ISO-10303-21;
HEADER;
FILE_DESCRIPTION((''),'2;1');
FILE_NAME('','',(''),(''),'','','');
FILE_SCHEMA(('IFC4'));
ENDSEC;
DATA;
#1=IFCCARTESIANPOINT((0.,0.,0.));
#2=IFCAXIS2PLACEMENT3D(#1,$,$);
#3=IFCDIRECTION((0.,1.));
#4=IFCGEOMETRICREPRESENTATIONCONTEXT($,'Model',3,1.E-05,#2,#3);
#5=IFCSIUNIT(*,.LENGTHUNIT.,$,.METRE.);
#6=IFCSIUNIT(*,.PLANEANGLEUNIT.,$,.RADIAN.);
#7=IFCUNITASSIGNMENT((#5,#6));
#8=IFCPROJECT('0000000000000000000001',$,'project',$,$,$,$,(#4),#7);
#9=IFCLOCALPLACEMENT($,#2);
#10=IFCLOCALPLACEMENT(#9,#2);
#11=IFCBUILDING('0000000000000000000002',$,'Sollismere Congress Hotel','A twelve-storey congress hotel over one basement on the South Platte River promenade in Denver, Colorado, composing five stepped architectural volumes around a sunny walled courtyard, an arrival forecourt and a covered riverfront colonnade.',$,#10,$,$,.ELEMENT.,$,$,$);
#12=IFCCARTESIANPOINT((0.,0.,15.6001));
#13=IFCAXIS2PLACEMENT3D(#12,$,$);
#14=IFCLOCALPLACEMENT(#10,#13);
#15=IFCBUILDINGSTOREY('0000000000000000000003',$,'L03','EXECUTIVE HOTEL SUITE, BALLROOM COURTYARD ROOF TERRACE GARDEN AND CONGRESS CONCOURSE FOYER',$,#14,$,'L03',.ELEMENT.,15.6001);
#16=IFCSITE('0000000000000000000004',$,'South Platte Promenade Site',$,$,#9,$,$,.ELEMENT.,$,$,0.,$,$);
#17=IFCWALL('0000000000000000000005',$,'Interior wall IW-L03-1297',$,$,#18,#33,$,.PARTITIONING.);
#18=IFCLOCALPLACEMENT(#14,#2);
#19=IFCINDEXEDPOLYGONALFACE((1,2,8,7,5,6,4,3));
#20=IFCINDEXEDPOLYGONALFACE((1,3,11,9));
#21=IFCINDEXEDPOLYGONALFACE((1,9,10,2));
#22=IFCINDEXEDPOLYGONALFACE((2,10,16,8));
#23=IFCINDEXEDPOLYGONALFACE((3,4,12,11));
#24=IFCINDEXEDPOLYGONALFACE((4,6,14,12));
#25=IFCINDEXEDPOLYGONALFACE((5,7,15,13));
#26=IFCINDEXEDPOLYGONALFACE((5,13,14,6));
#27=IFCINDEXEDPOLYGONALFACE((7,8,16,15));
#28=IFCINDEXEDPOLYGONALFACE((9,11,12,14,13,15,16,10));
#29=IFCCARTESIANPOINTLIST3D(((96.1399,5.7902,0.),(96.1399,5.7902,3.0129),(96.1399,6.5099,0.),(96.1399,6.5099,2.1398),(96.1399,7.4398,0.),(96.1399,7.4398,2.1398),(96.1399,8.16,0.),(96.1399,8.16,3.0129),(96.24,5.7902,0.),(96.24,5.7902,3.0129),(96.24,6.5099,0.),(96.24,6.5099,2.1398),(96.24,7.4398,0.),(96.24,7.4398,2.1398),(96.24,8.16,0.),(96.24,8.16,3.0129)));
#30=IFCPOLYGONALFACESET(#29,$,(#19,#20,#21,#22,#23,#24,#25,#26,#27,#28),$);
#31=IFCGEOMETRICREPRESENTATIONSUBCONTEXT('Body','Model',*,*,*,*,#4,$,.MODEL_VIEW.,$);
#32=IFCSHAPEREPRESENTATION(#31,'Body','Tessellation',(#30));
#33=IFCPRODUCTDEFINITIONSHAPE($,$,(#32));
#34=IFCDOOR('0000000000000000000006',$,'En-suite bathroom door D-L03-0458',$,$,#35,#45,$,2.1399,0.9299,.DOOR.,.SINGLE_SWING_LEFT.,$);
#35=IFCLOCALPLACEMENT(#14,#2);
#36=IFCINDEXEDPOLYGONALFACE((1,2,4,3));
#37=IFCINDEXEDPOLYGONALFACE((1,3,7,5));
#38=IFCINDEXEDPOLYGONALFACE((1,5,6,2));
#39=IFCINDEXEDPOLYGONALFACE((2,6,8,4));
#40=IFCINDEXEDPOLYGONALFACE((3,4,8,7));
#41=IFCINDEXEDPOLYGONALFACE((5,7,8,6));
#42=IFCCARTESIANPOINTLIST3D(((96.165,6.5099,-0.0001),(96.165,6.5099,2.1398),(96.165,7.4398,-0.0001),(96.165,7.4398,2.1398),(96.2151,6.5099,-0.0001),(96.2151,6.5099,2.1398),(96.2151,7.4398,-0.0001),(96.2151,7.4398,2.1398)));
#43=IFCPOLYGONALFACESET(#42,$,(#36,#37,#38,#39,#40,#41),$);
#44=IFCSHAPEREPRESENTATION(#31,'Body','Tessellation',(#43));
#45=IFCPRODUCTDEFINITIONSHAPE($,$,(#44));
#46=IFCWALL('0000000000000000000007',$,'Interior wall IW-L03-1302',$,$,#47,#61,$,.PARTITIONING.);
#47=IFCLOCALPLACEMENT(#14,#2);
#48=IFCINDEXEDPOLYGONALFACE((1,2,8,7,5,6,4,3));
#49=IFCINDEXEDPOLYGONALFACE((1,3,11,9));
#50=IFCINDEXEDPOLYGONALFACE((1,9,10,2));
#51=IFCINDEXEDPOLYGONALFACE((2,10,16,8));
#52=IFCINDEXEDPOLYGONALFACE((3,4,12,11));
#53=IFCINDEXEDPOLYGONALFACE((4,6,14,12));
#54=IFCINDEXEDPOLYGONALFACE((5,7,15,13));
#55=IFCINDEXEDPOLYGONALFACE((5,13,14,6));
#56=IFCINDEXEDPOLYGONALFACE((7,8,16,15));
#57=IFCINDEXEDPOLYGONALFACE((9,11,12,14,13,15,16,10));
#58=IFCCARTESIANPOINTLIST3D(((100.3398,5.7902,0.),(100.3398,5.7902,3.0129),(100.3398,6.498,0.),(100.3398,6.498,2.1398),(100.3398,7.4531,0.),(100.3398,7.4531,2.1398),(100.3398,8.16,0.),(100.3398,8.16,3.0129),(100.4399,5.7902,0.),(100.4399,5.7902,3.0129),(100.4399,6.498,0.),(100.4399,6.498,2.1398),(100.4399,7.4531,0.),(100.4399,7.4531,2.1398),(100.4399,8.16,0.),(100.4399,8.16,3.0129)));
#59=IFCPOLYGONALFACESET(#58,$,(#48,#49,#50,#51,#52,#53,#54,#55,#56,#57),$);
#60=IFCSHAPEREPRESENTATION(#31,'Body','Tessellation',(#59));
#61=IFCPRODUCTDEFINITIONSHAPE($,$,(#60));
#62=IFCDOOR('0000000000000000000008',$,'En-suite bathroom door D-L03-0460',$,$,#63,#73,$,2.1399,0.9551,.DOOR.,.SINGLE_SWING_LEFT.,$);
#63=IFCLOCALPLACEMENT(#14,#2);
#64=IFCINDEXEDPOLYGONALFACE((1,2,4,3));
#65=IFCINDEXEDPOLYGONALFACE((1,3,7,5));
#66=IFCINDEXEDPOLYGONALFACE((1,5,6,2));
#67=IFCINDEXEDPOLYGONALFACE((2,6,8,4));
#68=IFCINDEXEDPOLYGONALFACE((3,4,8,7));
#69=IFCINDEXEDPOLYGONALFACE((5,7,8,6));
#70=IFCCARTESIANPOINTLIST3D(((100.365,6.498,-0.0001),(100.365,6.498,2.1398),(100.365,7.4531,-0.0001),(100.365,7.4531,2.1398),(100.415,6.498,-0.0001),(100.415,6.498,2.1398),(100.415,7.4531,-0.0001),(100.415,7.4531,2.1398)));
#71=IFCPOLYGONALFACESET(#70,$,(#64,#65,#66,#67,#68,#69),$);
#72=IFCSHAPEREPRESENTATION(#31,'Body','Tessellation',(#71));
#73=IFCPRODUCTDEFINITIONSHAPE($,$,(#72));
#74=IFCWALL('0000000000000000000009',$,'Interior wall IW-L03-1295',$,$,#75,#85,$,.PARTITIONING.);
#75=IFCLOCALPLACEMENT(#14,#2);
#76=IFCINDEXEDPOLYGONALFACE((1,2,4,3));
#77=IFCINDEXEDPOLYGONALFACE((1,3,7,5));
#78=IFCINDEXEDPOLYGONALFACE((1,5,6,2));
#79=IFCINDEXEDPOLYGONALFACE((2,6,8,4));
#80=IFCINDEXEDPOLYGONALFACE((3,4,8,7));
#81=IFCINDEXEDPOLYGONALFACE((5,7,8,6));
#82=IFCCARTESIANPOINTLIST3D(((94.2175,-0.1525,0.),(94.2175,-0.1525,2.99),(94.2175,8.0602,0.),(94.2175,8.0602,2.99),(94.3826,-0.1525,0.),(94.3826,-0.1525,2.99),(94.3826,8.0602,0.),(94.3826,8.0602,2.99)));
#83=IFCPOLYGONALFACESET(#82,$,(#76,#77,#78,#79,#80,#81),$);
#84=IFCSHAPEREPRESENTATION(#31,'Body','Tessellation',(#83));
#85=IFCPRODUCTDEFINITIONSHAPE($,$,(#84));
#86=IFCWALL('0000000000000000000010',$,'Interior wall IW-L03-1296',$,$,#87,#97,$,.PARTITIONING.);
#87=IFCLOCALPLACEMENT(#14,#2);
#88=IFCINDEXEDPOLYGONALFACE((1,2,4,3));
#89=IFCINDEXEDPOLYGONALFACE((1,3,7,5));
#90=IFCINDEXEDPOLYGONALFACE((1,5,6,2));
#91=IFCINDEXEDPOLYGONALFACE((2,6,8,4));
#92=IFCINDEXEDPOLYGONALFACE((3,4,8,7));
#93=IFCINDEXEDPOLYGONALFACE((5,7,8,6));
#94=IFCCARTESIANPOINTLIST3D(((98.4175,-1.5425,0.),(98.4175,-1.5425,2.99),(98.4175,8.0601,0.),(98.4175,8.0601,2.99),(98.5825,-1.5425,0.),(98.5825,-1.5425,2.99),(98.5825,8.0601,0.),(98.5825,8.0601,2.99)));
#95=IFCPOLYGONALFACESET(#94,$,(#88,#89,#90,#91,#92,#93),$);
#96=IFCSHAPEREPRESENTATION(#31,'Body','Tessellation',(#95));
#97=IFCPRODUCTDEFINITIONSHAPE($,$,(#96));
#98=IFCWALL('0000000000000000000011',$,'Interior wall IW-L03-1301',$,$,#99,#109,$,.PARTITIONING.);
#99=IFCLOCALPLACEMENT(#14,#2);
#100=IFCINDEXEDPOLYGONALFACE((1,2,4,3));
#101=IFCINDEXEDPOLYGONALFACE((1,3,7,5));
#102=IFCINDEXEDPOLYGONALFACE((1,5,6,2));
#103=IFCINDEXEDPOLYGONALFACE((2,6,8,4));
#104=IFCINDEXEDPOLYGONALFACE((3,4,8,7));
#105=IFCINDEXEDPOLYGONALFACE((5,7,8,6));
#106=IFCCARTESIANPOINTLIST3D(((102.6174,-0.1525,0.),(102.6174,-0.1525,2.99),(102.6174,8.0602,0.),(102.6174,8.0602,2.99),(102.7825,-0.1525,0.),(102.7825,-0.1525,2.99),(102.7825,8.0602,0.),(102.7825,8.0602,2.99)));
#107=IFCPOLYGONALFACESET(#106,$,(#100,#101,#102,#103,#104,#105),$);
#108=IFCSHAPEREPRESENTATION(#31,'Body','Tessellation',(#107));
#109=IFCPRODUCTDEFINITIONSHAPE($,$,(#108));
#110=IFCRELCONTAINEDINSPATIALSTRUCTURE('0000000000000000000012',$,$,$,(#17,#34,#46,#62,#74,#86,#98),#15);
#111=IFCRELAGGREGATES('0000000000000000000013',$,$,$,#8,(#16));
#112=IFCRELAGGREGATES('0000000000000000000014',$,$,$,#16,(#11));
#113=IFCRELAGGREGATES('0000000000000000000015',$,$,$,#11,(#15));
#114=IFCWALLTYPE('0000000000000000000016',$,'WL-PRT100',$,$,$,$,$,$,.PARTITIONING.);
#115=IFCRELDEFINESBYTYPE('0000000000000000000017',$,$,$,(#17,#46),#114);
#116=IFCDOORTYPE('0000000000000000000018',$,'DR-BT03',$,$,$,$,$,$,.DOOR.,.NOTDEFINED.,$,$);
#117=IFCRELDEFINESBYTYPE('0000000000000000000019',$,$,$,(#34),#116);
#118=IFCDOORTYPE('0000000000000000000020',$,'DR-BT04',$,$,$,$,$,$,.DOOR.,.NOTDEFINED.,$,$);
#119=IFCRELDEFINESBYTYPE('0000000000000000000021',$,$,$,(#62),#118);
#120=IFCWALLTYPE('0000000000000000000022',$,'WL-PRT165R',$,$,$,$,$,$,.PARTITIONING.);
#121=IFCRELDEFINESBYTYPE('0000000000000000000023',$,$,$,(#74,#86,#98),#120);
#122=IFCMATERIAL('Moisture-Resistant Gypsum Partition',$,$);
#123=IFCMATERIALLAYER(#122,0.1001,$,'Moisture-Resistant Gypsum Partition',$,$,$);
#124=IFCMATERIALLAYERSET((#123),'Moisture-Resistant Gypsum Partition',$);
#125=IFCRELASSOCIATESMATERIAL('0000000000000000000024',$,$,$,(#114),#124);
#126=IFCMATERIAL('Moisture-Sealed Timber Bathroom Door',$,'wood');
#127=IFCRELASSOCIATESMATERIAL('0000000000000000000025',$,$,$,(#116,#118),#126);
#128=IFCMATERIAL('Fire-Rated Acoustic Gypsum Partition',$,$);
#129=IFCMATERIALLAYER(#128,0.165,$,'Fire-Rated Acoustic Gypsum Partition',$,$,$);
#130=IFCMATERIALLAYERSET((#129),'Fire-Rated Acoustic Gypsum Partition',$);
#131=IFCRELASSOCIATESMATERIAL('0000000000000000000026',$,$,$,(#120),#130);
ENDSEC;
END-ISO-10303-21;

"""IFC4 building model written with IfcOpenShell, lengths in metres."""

from ifc_helpers import new_model, si_unit, direction, frame, frame_2d, origin, place, context, subcontext, project, spatial, rectangle, extrude, material, layer, layer_set, type_object, element, fill, save


model = new_model("IFC4")

# Units and contexts
model_context = context("Model", 3, precision=1e-05, world=origin(), true_north=direction((0.0, 1.0)))
body_context = subcontext(model_context, "Body", "Model", "MODEL_VIEW")
ifc_project = project(units=[si_unit("LENGTHUNIT", "METRE"), si_unit("PLANEANGLEUNIT", "RADIAN")], contexts=[model_context])

# Site, building, storey
site_placement = place(None, origin())
site = spatial("IfcSite", under=ifc_project, at=site_placement, Name="South Platte Promenade Site", CompositionType="ELEMENT", RefElevation=0.0)
building_placement = place(site_placement, origin())
building = spatial("IfcBuilding", under=site, at=building_placement, Name="Sollismere Congress Hotel", Description="A twelve-storey congress hotel over one basement on the South Platte River promenade in Denver, Colorado, composing five stepped architectural volumes around a sunny walled courtyard, an arrival forecourt and a covered riverfront colonnade.", CompositionType="ELEMENT")
storey_placement = place(building_placement, frame((0.0, 0.0, 15.6001)))
storey = spatial("IfcBuildingStorey", under=building, at=storey_placement, Name="L03", Description="EXECUTIVE HOTEL SUITE, BALLROOM COURTYARD ROOF TERRACE GARDEN AND CONGRESS CONCOURSE FOYER", LongName="L03", CompositionType="ELEMENT", Elevation=15.6001)

# Walls, openings, doors
ifc_material_1 = material(Name="Moisture-Resistant Gypsum Partition")
ifc_layer_1 = layer(ifc_material_1, 0.1001, Name="Moisture-Resistant Gypsum Partition")
ifc_layer_set_1 = layer_set([ifc_layer_1], Name="Moisture-Resistant Gypsum Partition")
wall_type_1 = type_object("IfcWallType", Name="WL-PRT100", PredefinedType="PARTITIONING", material=ifc_layer_set_1)
wall_1_placement = place(storey_placement, frame((96.1899, 5.79, 0.0), z_axis=(0.0, 0.0, 1.0), x_axis=(0.0, 1.0, 0.0)))
wall_1 = element("IfcWall", 1, at=wall_1_placement, inside=storey, type_object=wall_type_1, Name="Interior wall IW-L03-1297", PredefinedType="PARTITIONING", context=body_context, shape_type="SweptSolid", body=[
    extrude(rectangle(XDim=2.3699, YDim=0.1001, at=frame_2d((1.1851, 0.0))), origin(), (0.0, 0.0, 1.0), 3.0129),
])
opening_1_placement = place(wall_1_placement, frame((0.72, 0.0, 0.0)))
opening_1 = element("IfcOpeningElement", 2, at=opening_1_placement, cuts=wall_1, PredefinedType="OPENING", context=body_context, shape_type="SweptSolid", body=[
    extrude(rectangle(XDim=0.9299, YDim=2.1399, at=frame_2d((0.4648, 1.0698))), frame((0.0, 0.0601, 0.0), z_axis=(0.0, -1.0, 0.0), x_axis=(1.0, 0.0, 0.0)), (0.0, 0.0, 1.0), 0.1201),
])
ifc_material_2 = material(Name="Moisture-Sealed Timber Bathroom Door", Category="wood")
door_type_1 = type_object("IfcDoorType", Name="DR-BT03", OperationType="NOTDEFINED", PredefinedType="DOOR", material=ifc_material_2)
door_1_placement = place(opening_1_placement, origin())
door_1 = element("IfcDoor", 3, at=door_1_placement, inside=storey, type_object=door_type_1, Name="En-suite bathroom door D-L03-0458", OperationType="SINGLE_SWING_LEFT", OverallHeight=2.1399, OverallWidth=0.9299, PredefinedType="DOOR", context=body_context, shape_type="SweptSolid", body=[
    extrude(rectangle(XDim=0.9299, YDim=2.1399, at=frame_2d((0.4648, 1.0698))), frame((0.0, 0.0249, 0.0), z_axis=(0.0, -1.0, 0.0), x_axis=(1.0, 0.0, 0.0)), (0.0, 0.0, 1.0), 0.05),
])
fill(opening_1, door_1)
wall_2_placement = place(storey_placement, frame((100.3899, 5.79, 0.0), z_axis=(0.0, 0.0, 1.0), x_axis=(0.0, 1.0, 0.0)))
wall_2 = element("IfcWall", 4, at=wall_2_placement, inside=storey, type_object=wall_type_1, Name="Interior wall IW-L03-1302", PredefinedType="PARTITIONING", context=body_context, shape_type="SweptSolid", body=[
    extrude(rectangle(XDim=2.3699, YDim=0.1001, at=frame_2d((1.1851, 0.0))), origin(), (0.0, 0.0, 1.0), 3.0129),
])
opening_2_placement = place(wall_2_placement, frame((0.708, 0.0, 0.0)))
opening_2 = element("IfcOpeningElement", 5, at=opening_2_placement, cuts=wall_2, PredefinedType="OPENING", context=body_context, shape_type="SweptSolid", body=[
    extrude(rectangle(XDim=0.9551, YDim=2.1399, at=frame_2d((0.4775, 1.0698))), frame((0.0, 0.0601, 0.0), z_axis=(0.0, -1.0, 0.0), x_axis=(1.0, 0.0, 0.0)), (0.0, 0.0, 1.0), 0.1201),
])
door_type_2 = type_object("IfcDoorType", Name="DR-BT04", OperationType="NOTDEFINED", PredefinedType="DOOR", material=ifc_material_2)
door_2_placement = place(opening_2_placement, origin())
door_2 = element("IfcDoor", 6, at=door_2_placement, inside=storey, type_object=door_type_2, Name="En-suite bathroom door D-L03-0460", OperationType="SINGLE_SWING_LEFT", OverallHeight=2.1399, OverallWidth=0.9551, PredefinedType="DOOR", context=body_context, shape_type="SweptSolid", body=[
    extrude(rectangle(XDim=0.9551, YDim=2.1399, at=frame_2d((0.4775, 1.0698))), frame((0.0, 0.0249, 0.0), z_axis=(0.0, -1.0, 0.0), x_axis=(1.0, 0.0, 0.0)), (0.0, 0.0, 1.0), 0.05),
])
fill(opening_2, door_2)

# Walls
ifc_material_3 = material(Name="Fire-Rated Acoustic Gypsum Partition")
ifc_layer_2 = layer(ifc_material_3, 0.165, Name="Fire-Rated Acoustic Gypsum Partition")
ifc_layer_set_2 = layer_set([ifc_layer_2], Name="Fire-Rated Acoustic Gypsum Partition")
wall_type_2 = type_object("IfcWallType", Name="WL-PRT165R", PredefinedType="PARTITIONING", material=ifc_layer_set_2)
wall_3_placement = place(storey_placement, frame((94.3, -0.1526, 0.0), z_axis=(0.0, 0.0, 1.0), x_axis=(0.0, 1.0, 0.0)))
element("IfcWall", 7, at=wall_3_placement, inside=storey, type_object=wall_type_2, Name="Interior wall IW-L03-1295", PredefinedType="PARTITIONING", context=body_context, shape_type="SweptSolid", body=[
    extrude(rectangle(XDim=8.2126, YDim=0.165, at=frame_2d((4.1064, 0.0))), origin(), (0.0, 0.0, 1.0), 2.99),
])
wall_4_placement = place(storey_placement, frame((98.5, -1.5425, 0.0), z_axis=(0.0, 0.0, 1.0), x_axis=(0.0, 1.0, 0.0)))
element("IfcWall", 8, at=wall_4_placement, inside=storey, type_object=wall_type_2, Name="Interior wall IW-L03-1296", PredefinedType="PARTITIONING", context=body_context, shape_type="SweptSolid", body=[
    extrude(rectangle(XDim=9.6025, YDim=0.165, at=frame_2d((4.8013, 0.0))), origin(), (0.0, 0.0, 1.0), 2.99),
])
wall_5_placement = place(storey_placement, frame((102.7, -0.1526, 0.0), z_axis=(0.0, 0.0, 1.0), x_axis=(0.0, 1.0, 0.0)))
element("IfcWall", 9, at=wall_5_placement, inside=storey, type_object=wall_type_2, Name="Interior wall IW-L03-1301", PredefinedType="PARTITIONING", context=body_context, shape_type="SweptSolid", body=[
    extrude(rectangle(XDim=8.2126, YDim=0.165, at=frame_2d((4.1064, 0.0))), origin(), (0.0, 0.0, 1.0), 2.99),
])

save(model, "model.ifc")
